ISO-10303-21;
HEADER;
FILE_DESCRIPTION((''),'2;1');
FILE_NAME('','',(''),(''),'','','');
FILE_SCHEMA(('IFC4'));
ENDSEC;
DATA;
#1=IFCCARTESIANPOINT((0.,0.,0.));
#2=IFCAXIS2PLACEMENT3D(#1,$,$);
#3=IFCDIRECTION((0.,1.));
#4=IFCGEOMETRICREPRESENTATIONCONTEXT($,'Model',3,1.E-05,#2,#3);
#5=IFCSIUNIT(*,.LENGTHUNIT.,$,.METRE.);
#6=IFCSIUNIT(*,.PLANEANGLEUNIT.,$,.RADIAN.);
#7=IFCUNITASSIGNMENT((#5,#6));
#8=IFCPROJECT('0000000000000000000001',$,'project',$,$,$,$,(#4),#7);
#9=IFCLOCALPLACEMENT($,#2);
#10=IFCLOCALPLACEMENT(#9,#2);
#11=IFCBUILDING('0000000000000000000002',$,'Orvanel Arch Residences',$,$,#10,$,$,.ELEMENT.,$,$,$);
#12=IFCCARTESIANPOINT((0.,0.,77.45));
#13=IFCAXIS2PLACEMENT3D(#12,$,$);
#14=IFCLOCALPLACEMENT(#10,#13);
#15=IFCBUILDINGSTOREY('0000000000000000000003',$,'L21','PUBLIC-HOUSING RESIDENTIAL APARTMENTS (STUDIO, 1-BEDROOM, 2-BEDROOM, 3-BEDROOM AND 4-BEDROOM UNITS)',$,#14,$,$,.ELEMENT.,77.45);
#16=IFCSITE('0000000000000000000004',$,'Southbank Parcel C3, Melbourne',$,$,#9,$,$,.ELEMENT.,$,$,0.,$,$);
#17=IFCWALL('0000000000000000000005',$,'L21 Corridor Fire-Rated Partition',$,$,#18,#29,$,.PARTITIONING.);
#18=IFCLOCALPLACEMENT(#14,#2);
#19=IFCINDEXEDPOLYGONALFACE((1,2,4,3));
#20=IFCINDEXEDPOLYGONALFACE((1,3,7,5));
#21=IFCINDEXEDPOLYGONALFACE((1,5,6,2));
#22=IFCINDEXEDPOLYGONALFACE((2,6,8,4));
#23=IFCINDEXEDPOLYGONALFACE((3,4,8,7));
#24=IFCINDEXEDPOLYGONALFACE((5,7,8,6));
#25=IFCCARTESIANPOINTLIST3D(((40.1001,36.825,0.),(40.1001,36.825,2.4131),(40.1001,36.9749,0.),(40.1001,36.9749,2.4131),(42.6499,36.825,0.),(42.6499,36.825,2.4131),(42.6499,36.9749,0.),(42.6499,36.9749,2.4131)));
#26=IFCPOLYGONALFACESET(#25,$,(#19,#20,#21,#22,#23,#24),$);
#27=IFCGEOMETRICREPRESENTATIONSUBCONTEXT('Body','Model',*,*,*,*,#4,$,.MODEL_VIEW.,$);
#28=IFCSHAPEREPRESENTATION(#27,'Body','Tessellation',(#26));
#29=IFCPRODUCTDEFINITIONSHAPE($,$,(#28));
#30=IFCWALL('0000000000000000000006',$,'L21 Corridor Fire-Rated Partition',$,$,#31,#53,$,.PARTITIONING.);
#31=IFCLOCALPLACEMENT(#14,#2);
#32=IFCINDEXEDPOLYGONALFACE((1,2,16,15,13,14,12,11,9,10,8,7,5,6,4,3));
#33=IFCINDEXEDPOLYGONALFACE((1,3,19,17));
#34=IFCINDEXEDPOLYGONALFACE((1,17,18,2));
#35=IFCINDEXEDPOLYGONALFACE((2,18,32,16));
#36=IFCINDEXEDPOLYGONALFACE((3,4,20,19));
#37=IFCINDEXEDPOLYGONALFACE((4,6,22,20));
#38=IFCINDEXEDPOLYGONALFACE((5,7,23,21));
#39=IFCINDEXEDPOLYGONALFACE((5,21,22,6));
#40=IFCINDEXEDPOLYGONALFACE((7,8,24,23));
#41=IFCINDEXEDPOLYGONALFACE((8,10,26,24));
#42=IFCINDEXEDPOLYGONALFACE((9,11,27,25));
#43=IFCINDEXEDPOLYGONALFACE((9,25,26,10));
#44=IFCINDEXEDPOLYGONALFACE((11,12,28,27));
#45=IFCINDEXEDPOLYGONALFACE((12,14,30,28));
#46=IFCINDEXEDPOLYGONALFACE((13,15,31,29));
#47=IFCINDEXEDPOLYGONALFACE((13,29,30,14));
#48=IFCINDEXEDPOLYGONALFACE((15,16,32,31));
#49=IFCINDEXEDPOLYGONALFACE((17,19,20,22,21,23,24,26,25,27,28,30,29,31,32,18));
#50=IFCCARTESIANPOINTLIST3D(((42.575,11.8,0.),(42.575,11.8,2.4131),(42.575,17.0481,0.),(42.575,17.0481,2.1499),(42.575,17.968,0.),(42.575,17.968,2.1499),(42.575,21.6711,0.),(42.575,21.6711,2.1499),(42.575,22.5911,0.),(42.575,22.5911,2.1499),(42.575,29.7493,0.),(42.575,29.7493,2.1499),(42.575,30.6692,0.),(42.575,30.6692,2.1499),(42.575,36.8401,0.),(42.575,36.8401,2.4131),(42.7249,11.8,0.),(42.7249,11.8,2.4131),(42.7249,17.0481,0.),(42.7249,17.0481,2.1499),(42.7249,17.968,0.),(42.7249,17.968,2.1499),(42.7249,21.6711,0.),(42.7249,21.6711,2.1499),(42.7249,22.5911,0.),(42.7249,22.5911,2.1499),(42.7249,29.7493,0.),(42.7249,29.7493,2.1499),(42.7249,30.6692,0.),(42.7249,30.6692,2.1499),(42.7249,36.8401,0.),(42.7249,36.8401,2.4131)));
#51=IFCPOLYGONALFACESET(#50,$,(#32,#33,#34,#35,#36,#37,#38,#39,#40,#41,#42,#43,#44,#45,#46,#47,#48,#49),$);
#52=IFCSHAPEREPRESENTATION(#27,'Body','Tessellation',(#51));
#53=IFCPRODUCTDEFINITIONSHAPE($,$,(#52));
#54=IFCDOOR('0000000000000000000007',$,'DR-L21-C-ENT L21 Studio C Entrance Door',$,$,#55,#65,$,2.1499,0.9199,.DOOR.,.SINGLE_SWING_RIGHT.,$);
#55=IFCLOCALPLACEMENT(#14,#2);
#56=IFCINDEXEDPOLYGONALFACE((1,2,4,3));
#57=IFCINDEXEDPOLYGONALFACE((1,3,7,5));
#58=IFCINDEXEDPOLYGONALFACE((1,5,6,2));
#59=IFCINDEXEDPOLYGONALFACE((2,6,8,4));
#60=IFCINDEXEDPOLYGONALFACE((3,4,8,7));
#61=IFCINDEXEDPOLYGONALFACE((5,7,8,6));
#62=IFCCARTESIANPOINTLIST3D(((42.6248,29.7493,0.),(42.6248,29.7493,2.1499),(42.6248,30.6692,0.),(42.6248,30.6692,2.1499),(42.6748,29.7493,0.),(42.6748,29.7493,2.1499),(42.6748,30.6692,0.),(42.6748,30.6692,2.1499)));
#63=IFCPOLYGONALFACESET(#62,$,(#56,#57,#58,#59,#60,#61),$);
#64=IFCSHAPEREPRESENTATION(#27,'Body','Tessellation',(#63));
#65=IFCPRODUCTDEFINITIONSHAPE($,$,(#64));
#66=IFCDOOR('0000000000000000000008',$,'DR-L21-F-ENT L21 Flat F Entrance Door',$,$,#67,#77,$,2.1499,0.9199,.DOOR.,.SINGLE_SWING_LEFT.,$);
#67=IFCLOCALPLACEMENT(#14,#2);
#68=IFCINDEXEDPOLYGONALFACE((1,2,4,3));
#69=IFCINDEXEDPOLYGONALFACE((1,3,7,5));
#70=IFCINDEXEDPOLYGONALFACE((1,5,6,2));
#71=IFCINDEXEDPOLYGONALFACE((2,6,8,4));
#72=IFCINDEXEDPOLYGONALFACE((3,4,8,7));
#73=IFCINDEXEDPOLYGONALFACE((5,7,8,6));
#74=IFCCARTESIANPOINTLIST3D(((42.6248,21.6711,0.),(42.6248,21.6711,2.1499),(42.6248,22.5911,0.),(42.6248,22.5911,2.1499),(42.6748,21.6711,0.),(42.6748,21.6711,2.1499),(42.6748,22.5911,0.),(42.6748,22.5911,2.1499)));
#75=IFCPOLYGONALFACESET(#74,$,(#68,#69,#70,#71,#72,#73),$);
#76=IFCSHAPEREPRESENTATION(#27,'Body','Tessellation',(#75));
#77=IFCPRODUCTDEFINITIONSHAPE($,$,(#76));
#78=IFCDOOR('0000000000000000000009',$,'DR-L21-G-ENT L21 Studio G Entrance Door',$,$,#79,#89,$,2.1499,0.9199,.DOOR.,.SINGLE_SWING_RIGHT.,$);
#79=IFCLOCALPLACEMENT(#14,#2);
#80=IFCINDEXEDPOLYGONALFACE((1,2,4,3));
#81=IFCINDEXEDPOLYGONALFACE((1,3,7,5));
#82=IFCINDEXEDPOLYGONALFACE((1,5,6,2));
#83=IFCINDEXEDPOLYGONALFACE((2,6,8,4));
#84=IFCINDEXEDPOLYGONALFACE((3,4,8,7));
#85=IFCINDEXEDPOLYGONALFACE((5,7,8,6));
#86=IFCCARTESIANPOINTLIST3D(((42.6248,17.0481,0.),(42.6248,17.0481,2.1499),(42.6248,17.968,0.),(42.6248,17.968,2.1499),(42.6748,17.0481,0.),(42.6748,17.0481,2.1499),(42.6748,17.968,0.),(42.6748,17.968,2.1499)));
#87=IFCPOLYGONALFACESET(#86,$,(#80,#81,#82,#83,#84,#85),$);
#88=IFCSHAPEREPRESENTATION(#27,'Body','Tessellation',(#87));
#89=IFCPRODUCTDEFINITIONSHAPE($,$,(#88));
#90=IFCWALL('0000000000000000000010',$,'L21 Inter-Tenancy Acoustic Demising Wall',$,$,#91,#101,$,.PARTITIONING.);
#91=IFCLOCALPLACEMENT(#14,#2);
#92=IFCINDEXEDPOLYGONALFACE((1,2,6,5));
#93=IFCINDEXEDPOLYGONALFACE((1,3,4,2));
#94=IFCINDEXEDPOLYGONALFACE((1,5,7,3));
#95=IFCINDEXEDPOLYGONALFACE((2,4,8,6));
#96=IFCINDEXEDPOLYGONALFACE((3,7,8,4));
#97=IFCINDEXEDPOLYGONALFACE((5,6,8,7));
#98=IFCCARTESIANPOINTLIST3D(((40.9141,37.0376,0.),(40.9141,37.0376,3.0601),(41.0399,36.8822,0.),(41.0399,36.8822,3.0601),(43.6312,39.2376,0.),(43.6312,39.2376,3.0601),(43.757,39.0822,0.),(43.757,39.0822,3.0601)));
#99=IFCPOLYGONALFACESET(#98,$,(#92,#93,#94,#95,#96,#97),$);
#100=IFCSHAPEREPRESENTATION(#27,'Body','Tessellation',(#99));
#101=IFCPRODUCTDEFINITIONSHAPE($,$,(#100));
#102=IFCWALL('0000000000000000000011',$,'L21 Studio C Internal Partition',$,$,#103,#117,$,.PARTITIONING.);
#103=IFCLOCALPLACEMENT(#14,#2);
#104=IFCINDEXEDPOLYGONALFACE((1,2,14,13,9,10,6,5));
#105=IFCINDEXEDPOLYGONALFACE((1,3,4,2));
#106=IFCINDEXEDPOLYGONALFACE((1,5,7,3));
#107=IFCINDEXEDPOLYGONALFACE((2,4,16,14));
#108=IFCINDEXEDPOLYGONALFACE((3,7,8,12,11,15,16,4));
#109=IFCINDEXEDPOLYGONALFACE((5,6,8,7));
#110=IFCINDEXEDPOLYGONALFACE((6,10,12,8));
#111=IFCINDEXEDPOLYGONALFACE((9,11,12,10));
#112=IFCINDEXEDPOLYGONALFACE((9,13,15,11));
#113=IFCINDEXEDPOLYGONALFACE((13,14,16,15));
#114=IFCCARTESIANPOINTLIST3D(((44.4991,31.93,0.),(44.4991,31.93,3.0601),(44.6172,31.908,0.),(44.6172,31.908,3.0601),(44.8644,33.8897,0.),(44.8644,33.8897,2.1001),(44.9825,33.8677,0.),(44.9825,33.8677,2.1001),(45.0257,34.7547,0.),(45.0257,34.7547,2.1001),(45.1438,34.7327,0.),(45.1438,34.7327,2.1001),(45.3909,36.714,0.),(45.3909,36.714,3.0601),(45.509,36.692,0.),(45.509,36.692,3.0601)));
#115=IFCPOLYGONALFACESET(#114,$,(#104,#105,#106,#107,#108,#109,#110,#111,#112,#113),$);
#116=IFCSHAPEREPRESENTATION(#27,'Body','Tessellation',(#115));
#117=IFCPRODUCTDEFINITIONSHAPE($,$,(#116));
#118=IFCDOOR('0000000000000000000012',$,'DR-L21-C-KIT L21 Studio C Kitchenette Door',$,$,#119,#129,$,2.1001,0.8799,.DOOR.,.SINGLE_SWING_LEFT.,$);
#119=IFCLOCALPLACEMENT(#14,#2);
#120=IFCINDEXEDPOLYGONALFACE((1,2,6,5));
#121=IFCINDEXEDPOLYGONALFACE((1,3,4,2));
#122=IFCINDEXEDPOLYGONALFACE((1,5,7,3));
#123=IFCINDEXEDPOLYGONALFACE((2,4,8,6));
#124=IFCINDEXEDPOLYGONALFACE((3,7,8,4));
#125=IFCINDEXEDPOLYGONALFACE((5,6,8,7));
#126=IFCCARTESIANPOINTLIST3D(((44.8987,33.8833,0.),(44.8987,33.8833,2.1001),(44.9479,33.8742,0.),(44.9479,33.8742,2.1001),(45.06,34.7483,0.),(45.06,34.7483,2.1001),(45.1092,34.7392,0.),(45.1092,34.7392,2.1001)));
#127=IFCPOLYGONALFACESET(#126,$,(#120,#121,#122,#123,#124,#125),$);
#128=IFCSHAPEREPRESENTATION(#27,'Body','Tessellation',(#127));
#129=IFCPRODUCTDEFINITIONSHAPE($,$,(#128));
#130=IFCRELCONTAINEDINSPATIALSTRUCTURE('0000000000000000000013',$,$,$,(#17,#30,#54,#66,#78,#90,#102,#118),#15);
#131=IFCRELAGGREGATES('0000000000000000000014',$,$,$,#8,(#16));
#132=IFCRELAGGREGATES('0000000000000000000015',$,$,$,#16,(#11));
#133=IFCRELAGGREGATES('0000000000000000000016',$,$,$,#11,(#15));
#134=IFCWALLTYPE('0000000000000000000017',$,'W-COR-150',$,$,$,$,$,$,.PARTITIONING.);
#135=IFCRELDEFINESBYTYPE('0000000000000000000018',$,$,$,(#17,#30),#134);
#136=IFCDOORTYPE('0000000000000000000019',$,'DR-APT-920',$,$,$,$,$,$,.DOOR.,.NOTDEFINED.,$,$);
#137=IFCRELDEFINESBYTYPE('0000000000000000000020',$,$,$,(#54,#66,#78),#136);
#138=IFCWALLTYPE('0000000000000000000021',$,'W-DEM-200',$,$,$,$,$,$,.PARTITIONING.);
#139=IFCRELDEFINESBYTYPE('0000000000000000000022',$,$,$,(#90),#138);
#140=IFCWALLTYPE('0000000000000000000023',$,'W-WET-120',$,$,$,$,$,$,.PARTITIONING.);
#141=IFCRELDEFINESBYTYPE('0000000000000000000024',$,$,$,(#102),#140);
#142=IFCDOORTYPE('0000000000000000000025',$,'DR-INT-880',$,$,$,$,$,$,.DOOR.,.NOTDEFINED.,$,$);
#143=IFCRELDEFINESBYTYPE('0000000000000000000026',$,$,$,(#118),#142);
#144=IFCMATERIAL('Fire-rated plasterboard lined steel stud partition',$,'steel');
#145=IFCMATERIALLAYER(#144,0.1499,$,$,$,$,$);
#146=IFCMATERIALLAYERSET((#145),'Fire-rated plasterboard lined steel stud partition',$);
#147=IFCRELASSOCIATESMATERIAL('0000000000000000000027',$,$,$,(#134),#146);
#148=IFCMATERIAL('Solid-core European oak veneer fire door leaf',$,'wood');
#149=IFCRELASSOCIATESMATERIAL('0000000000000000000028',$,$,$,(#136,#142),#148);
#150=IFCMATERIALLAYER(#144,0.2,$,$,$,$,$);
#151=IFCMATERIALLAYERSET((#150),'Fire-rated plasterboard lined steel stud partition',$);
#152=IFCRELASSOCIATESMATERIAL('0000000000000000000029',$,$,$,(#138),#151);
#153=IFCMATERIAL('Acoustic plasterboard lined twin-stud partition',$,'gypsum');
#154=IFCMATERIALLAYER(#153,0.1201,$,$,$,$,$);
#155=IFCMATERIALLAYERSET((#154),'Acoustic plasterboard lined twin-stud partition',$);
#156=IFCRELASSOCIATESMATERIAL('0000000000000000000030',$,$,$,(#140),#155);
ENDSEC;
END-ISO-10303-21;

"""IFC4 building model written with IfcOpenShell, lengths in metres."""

from ifc_helpers import new_model, si_unit, direction, frame, frame_2d, origin, place, context, subcontext, project, spatial, rectangle, extrude, material, layer, layer_set, type_object, element, fill, save


model = new_model("IFC4")

# Units and contexts
model_context = context("Model", 3, precision=1e-05, world=origin(), true_north=direction((0.0, 1.0)))
body_context = subcontext(model_context, "Body", "Model", "MODEL_VIEW")
ifc_project = project(units=[si_unit("LENGTHUNIT", "METRE"), si_unit("PLANEANGLEUNIT", "RADIAN")], contexts=[model_context])

# Site, building, storey
site_placement = place(None, origin())
site = spatial("IfcSite", under=ifc_project, at=site_placement, Name="Southbank Parcel C3, Melbourne", CompositionType="ELEMENT", RefElevation=0.0)
building_placement = place(site_placement, origin())
building = spatial("IfcBuilding", under=site, at=building_placement, Name="Orvanel Arch Residences", CompositionType="ELEMENT")
storey_placement = place(building_placement, frame((0.0, 0.0, 77.45)))
storey = spatial("IfcBuildingStorey", under=building, at=storey_placement, Name="L21", Description="PUBLIC-HOUSING RESIDENTIAL APARTMENTS (STUDIO, 1-BEDROOM, 2-BEDROOM, 3-BEDROOM AND 4-BEDROOM UNITS)", CompositionType="ELEMENT", Elevation=77.45)

# Wall
ifc_material_1 = material(Name="Fire-rated plasterboard lined steel stud partition", Category="steel")
ifc_layer_1 = layer(ifc_material_1, 0.1499)
ifc_layer_set_1 = layer_set([ifc_layer_1], Name="Fire-rated plasterboard lined steel stud partition")
wall_type_1 = type_object("IfcWallType", Name="W-COR-150", PredefinedType="PARTITIONING", material=ifc_layer_set_1)
wall_1_placement = place(storey_placement, frame((40.1001, 36.8999, 0.0), z_axis=(0.0, 0.0, 1.0), x_axis=(1.0, 0.0, 0.0)))
element("IfcWall", 1, at=wall_1_placement, inside=storey, type_object=wall_type_1, Name="L21 Corridor Fire-Rated Partition", PredefinedType="PARTITIONING", context=body_context, shape_type="SweptSolid", body=[
    extrude(rectangle(XDim=2.5498, YDim=0.1499, at=frame_2d((1.2749, 0.0))), origin(), (0.0, 0.0, 1.0), 2.4131),
])

# Wall, openings, doors
wall_2_placement = place(storey_placement, frame((42.6499, 36.8401, 0.0), z_axis=(0.0, 0.0, 1.0), x_axis=(0.0, -1.0, 0.0)))
wall_2 = element("IfcWall", 2, at=wall_2_placement, inside=storey, type_object=wall_type_1, Name="L21 Corridor Fire-Rated Partition", PredefinedType="PARTITIONING", context=body_context, shape_type="SweptSolid", body=[
    extrude(rectangle(XDim=25.04, YDim=0.1499, at=frame_2d((12.52, 0.0))), origin(), (0.0, 0.0, 1.0), 2.4131),
])
opening_1_placement = place(wall_2_placement, frame((6.1709, 0.0, 0.0)))
opening_1 = element("IfcOpeningElement", 3, at=opening_1_placement, cuts=wall_2, PredefinedType="OPENING", context=body_context, shape_type="SweptSolid", body=[
    extrude(rectangle(XDim=0.9199, YDim=2.1499, at=frame_2d((0.46, 1.075))), frame((0.0, 0.085, 0.0), z_axis=(0.0, -1.0, 0.0), x_axis=(1.0, 0.0, 0.0)), (0.0, 0.0, 1.0), 0.1699),
])
opening_2_placement = place(wall_2_placement, frame((14.249, 0.0, 0.0)))
opening_2 = element("IfcOpeningElement", 4, at=opening_2_placement, cuts=wall_2, PredefinedType="OPENING", context=body_context, shape_type="SweptSolid", body=[
    extrude(rectangle(XDim=0.9199, YDim=2.1499, at=frame_2d((0.46, 1.075))), frame((0.0, 0.085, 0.0), z_axis=(0.0, -1.0, 0.0), x_axis=(1.0, 0.0, 0.0)), (0.0, 0.0, 1.0), 0.1699),
])
opening_3_placement = place(wall_2_placement, frame((18.8721, 0.0, 0.0)))
opening_3 = element("IfcOpeningElement", 5, at=opening_3_placement, cuts=wall_2, PredefinedType="OPENING", context=body_context, shape_type="SweptSolid", body=[
    extrude(rectangle(XDim=0.9199, YDim=2.1499, at=frame_2d((0.46, 1.075))), frame((0.0, 0.085, 0.0), z_axis=(0.0, -1.0, 0.0), x_axis=(1.0, 0.0, 0.0)), (0.0, 0.0, 1.0), 0.1699),
])
ifc_material_2 = material(Name="Solid-core European oak veneer fire door leaf", Category="wood")
door_type_1 = type_object("IfcDoorType", Name="DR-APT-920", OperationType="NOTDEFINED", PredefinedType="DOOR", material=ifc_material_2)
door_1_placement = place(opening_1_placement, origin())
door_1 = element("IfcDoor", 6, at=door_1_placement, inside=storey, type_object=door_type_1, Name="DR-L21-C-ENT L21 Studio C Entrance Door", OperationType="SINGLE_SWING_RIGHT", OverallHeight=2.1499, OverallWidth=0.9199, PredefinedType="DOOR", context=body_context, shape_type="SweptSolid", body=[
    extrude(rectangle(XDim=0.9199, YDim=2.1499, at=frame_2d((0.46, 1.075))), frame((0.0, 0.0249, 0.0), z_axis=(0.0, -1.0, 0.0), x_axis=(1.0, 0.0, 0.0)), (0.0, 0.0, 1.0), 0.05),
])
fill(opening_1, door_1)
door_2_placement = place(opening_2_placement, origin())
door_2 = element("IfcDoor", 7, at=door_2_placement, inside=storey, type_object=door_type_1, Name="DR-L21-F-ENT L21 Flat F Entrance Door", OperationType="SINGLE_SWING_LEFT", OverallHeight=2.1499, OverallWidth=0.9199, PredefinedType="DOOR", context=body_context, shape_type="SweptSolid", body=[
    extrude(rectangle(XDim=0.9199, YDim=2.1499, at=frame_2d((0.46, 1.075))), frame((0.0, 0.0249, 0.0), z_axis=(0.0, -1.0, 0.0), x_axis=(1.0, 0.0, 0.0)), (0.0, 0.0, 1.0), 0.05),
])
fill(opening_2, door_2)
door_3_placement = place(opening_3_placement, origin())
door_3 = element("IfcDoor", 8, at=door_3_placement, inside=storey, type_object=door_type_1, Name="DR-L21-G-ENT L21 Studio G Entrance Door", OperationType="SINGLE_SWING_RIGHT", OverallHeight=2.1499, OverallWidth=0.9199, PredefinedType="DOOR", context=body_context, shape_type="SweptSolid", body=[
    extrude(rectangle(XDim=0.9199, YDim=2.1499, at=frame_2d((0.46, 1.075))), frame((0.0, 0.0249, 0.0), z_axis=(0.0, -1.0, 0.0), x_axis=(1.0, 0.0, 0.0)), (0.0, 0.0, 1.0), 0.05),
])
fill(opening_3, door_3)

# Wall
ifc_layer_2 = layer(ifc_material_1, 0.2)
ifc_layer_set_2 = layer_set([ifc_layer_2], Name="Fire-rated plasterboard lined steel stud partition")
wall_type_2 = type_object("IfcWallType", Name="W-DEM-200", PredefinedType="PARTITIONING", material=ifc_layer_set_2)
wall_3_placement = place(storey_placement, frame((43.6941, 39.1599, 0.0), z_axis=(0.0, 0.0, 1.0), x_axis=(-0.777183, -0.629275, 0.0)))
element("IfcWall", 9, at=wall_3_placement, inside=storey, type_object=wall_type_2, Name="L21 Inter-Tenancy Acoustic Demising Wall", PredefinedType="PARTITIONING", context=body_context, shape_type="SweptSolid", body=[
    extrude(rectangle(XDim=3.4961, YDim=0.2, at=frame_2d((1.748, 0.0))), origin(), (0.0, 0.0, 1.0), 3.0601),
])

# Wall, opening, door
ifc_material_3 = material(Name="Acoustic plasterboard lined twin-stud partition", Category="gypsum")
ifc_layer_3 = layer(ifc_material_3, 0.1201)
ifc_layer_set_3 = layer_set([ifc_layer_3], Name="Acoustic plasterboard lined twin-stud partition")
wall_type_3 = type_object("IfcWallType", Name="W-WET-120", PredefinedType="PARTITIONING", material=ifc_layer_set_3)
wall_4_placement = place(storey_placement, frame((45.45, 36.7029, 0.0), z_axis=(0.0, 0.0, 1.0), x_axis=(-0.183268, -0.983063, 0.0)))
wall_4 = element("IfcWall", 10, at=wall_4_placement, inside=storey, type_object=wall_type_3, Name="L21 Studio C Internal Partition", PredefinedType="PARTITIONING", context=body_context, shape_type="SweptSolid", body=[
    extrude(rectangle(XDim=4.8665, YDim=0.1201, at=frame_2d((2.4331, 0.0))), origin(), (0.0, 0.0, 1.0), 3.0601),
])
opening_4_placement = place(wall_4_placement, frame((1.9929, 0.0, 0.0)))
opening_4 = element("IfcOpeningElement", 11, at=opening_4_placement, cuts=wall_4, PredefinedType="OPENING", context=body_context, shape_type="SweptSolid", body=[
    extrude(rectangle(XDim=0.8799, YDim=2.1001, at=frame_2d((0.4399, 1.05))), frame((0.0, 0.0701, 0.0), z_axis=(0.0, -1.0, 0.0), x_axis=(1.0, 0.0, 0.0)), (0.0, 0.0, 1.0), 0.1401),
])
door_type_2 = type_object("IfcDoorType", Name="DR-INT-880", OperationType="NOTDEFINED", PredefinedType="DOOR", material=ifc_material_2)
door_4_placement = place(opening_4_placement, origin())
door_4 = element("IfcDoor", 12, at=door_4_placement, inside=storey, type_object=door_type_2, Name="DR-L21-C-KIT L21 Studio C Kitchenette Door", OperationType="SINGLE_SWING_LEFT", OverallHeight=2.1001, OverallWidth=0.8799, PredefinedType="DOOR", context=body_context, shape_type="SweptSolid", body=[
    extrude(rectangle(XDim=0.8799, YDim=2.1001, at=frame_2d((0.4399, 1.05))), frame((0.0, 0.0249, 0.0), z_axis=(0.0, -1.0, 0.0), x_axis=(1.0, 0.0, 0.0)), (0.0, 0.0, 1.0), 0.05),
])
fill(opening_4, door_4)

save(model, "model.ifc")
